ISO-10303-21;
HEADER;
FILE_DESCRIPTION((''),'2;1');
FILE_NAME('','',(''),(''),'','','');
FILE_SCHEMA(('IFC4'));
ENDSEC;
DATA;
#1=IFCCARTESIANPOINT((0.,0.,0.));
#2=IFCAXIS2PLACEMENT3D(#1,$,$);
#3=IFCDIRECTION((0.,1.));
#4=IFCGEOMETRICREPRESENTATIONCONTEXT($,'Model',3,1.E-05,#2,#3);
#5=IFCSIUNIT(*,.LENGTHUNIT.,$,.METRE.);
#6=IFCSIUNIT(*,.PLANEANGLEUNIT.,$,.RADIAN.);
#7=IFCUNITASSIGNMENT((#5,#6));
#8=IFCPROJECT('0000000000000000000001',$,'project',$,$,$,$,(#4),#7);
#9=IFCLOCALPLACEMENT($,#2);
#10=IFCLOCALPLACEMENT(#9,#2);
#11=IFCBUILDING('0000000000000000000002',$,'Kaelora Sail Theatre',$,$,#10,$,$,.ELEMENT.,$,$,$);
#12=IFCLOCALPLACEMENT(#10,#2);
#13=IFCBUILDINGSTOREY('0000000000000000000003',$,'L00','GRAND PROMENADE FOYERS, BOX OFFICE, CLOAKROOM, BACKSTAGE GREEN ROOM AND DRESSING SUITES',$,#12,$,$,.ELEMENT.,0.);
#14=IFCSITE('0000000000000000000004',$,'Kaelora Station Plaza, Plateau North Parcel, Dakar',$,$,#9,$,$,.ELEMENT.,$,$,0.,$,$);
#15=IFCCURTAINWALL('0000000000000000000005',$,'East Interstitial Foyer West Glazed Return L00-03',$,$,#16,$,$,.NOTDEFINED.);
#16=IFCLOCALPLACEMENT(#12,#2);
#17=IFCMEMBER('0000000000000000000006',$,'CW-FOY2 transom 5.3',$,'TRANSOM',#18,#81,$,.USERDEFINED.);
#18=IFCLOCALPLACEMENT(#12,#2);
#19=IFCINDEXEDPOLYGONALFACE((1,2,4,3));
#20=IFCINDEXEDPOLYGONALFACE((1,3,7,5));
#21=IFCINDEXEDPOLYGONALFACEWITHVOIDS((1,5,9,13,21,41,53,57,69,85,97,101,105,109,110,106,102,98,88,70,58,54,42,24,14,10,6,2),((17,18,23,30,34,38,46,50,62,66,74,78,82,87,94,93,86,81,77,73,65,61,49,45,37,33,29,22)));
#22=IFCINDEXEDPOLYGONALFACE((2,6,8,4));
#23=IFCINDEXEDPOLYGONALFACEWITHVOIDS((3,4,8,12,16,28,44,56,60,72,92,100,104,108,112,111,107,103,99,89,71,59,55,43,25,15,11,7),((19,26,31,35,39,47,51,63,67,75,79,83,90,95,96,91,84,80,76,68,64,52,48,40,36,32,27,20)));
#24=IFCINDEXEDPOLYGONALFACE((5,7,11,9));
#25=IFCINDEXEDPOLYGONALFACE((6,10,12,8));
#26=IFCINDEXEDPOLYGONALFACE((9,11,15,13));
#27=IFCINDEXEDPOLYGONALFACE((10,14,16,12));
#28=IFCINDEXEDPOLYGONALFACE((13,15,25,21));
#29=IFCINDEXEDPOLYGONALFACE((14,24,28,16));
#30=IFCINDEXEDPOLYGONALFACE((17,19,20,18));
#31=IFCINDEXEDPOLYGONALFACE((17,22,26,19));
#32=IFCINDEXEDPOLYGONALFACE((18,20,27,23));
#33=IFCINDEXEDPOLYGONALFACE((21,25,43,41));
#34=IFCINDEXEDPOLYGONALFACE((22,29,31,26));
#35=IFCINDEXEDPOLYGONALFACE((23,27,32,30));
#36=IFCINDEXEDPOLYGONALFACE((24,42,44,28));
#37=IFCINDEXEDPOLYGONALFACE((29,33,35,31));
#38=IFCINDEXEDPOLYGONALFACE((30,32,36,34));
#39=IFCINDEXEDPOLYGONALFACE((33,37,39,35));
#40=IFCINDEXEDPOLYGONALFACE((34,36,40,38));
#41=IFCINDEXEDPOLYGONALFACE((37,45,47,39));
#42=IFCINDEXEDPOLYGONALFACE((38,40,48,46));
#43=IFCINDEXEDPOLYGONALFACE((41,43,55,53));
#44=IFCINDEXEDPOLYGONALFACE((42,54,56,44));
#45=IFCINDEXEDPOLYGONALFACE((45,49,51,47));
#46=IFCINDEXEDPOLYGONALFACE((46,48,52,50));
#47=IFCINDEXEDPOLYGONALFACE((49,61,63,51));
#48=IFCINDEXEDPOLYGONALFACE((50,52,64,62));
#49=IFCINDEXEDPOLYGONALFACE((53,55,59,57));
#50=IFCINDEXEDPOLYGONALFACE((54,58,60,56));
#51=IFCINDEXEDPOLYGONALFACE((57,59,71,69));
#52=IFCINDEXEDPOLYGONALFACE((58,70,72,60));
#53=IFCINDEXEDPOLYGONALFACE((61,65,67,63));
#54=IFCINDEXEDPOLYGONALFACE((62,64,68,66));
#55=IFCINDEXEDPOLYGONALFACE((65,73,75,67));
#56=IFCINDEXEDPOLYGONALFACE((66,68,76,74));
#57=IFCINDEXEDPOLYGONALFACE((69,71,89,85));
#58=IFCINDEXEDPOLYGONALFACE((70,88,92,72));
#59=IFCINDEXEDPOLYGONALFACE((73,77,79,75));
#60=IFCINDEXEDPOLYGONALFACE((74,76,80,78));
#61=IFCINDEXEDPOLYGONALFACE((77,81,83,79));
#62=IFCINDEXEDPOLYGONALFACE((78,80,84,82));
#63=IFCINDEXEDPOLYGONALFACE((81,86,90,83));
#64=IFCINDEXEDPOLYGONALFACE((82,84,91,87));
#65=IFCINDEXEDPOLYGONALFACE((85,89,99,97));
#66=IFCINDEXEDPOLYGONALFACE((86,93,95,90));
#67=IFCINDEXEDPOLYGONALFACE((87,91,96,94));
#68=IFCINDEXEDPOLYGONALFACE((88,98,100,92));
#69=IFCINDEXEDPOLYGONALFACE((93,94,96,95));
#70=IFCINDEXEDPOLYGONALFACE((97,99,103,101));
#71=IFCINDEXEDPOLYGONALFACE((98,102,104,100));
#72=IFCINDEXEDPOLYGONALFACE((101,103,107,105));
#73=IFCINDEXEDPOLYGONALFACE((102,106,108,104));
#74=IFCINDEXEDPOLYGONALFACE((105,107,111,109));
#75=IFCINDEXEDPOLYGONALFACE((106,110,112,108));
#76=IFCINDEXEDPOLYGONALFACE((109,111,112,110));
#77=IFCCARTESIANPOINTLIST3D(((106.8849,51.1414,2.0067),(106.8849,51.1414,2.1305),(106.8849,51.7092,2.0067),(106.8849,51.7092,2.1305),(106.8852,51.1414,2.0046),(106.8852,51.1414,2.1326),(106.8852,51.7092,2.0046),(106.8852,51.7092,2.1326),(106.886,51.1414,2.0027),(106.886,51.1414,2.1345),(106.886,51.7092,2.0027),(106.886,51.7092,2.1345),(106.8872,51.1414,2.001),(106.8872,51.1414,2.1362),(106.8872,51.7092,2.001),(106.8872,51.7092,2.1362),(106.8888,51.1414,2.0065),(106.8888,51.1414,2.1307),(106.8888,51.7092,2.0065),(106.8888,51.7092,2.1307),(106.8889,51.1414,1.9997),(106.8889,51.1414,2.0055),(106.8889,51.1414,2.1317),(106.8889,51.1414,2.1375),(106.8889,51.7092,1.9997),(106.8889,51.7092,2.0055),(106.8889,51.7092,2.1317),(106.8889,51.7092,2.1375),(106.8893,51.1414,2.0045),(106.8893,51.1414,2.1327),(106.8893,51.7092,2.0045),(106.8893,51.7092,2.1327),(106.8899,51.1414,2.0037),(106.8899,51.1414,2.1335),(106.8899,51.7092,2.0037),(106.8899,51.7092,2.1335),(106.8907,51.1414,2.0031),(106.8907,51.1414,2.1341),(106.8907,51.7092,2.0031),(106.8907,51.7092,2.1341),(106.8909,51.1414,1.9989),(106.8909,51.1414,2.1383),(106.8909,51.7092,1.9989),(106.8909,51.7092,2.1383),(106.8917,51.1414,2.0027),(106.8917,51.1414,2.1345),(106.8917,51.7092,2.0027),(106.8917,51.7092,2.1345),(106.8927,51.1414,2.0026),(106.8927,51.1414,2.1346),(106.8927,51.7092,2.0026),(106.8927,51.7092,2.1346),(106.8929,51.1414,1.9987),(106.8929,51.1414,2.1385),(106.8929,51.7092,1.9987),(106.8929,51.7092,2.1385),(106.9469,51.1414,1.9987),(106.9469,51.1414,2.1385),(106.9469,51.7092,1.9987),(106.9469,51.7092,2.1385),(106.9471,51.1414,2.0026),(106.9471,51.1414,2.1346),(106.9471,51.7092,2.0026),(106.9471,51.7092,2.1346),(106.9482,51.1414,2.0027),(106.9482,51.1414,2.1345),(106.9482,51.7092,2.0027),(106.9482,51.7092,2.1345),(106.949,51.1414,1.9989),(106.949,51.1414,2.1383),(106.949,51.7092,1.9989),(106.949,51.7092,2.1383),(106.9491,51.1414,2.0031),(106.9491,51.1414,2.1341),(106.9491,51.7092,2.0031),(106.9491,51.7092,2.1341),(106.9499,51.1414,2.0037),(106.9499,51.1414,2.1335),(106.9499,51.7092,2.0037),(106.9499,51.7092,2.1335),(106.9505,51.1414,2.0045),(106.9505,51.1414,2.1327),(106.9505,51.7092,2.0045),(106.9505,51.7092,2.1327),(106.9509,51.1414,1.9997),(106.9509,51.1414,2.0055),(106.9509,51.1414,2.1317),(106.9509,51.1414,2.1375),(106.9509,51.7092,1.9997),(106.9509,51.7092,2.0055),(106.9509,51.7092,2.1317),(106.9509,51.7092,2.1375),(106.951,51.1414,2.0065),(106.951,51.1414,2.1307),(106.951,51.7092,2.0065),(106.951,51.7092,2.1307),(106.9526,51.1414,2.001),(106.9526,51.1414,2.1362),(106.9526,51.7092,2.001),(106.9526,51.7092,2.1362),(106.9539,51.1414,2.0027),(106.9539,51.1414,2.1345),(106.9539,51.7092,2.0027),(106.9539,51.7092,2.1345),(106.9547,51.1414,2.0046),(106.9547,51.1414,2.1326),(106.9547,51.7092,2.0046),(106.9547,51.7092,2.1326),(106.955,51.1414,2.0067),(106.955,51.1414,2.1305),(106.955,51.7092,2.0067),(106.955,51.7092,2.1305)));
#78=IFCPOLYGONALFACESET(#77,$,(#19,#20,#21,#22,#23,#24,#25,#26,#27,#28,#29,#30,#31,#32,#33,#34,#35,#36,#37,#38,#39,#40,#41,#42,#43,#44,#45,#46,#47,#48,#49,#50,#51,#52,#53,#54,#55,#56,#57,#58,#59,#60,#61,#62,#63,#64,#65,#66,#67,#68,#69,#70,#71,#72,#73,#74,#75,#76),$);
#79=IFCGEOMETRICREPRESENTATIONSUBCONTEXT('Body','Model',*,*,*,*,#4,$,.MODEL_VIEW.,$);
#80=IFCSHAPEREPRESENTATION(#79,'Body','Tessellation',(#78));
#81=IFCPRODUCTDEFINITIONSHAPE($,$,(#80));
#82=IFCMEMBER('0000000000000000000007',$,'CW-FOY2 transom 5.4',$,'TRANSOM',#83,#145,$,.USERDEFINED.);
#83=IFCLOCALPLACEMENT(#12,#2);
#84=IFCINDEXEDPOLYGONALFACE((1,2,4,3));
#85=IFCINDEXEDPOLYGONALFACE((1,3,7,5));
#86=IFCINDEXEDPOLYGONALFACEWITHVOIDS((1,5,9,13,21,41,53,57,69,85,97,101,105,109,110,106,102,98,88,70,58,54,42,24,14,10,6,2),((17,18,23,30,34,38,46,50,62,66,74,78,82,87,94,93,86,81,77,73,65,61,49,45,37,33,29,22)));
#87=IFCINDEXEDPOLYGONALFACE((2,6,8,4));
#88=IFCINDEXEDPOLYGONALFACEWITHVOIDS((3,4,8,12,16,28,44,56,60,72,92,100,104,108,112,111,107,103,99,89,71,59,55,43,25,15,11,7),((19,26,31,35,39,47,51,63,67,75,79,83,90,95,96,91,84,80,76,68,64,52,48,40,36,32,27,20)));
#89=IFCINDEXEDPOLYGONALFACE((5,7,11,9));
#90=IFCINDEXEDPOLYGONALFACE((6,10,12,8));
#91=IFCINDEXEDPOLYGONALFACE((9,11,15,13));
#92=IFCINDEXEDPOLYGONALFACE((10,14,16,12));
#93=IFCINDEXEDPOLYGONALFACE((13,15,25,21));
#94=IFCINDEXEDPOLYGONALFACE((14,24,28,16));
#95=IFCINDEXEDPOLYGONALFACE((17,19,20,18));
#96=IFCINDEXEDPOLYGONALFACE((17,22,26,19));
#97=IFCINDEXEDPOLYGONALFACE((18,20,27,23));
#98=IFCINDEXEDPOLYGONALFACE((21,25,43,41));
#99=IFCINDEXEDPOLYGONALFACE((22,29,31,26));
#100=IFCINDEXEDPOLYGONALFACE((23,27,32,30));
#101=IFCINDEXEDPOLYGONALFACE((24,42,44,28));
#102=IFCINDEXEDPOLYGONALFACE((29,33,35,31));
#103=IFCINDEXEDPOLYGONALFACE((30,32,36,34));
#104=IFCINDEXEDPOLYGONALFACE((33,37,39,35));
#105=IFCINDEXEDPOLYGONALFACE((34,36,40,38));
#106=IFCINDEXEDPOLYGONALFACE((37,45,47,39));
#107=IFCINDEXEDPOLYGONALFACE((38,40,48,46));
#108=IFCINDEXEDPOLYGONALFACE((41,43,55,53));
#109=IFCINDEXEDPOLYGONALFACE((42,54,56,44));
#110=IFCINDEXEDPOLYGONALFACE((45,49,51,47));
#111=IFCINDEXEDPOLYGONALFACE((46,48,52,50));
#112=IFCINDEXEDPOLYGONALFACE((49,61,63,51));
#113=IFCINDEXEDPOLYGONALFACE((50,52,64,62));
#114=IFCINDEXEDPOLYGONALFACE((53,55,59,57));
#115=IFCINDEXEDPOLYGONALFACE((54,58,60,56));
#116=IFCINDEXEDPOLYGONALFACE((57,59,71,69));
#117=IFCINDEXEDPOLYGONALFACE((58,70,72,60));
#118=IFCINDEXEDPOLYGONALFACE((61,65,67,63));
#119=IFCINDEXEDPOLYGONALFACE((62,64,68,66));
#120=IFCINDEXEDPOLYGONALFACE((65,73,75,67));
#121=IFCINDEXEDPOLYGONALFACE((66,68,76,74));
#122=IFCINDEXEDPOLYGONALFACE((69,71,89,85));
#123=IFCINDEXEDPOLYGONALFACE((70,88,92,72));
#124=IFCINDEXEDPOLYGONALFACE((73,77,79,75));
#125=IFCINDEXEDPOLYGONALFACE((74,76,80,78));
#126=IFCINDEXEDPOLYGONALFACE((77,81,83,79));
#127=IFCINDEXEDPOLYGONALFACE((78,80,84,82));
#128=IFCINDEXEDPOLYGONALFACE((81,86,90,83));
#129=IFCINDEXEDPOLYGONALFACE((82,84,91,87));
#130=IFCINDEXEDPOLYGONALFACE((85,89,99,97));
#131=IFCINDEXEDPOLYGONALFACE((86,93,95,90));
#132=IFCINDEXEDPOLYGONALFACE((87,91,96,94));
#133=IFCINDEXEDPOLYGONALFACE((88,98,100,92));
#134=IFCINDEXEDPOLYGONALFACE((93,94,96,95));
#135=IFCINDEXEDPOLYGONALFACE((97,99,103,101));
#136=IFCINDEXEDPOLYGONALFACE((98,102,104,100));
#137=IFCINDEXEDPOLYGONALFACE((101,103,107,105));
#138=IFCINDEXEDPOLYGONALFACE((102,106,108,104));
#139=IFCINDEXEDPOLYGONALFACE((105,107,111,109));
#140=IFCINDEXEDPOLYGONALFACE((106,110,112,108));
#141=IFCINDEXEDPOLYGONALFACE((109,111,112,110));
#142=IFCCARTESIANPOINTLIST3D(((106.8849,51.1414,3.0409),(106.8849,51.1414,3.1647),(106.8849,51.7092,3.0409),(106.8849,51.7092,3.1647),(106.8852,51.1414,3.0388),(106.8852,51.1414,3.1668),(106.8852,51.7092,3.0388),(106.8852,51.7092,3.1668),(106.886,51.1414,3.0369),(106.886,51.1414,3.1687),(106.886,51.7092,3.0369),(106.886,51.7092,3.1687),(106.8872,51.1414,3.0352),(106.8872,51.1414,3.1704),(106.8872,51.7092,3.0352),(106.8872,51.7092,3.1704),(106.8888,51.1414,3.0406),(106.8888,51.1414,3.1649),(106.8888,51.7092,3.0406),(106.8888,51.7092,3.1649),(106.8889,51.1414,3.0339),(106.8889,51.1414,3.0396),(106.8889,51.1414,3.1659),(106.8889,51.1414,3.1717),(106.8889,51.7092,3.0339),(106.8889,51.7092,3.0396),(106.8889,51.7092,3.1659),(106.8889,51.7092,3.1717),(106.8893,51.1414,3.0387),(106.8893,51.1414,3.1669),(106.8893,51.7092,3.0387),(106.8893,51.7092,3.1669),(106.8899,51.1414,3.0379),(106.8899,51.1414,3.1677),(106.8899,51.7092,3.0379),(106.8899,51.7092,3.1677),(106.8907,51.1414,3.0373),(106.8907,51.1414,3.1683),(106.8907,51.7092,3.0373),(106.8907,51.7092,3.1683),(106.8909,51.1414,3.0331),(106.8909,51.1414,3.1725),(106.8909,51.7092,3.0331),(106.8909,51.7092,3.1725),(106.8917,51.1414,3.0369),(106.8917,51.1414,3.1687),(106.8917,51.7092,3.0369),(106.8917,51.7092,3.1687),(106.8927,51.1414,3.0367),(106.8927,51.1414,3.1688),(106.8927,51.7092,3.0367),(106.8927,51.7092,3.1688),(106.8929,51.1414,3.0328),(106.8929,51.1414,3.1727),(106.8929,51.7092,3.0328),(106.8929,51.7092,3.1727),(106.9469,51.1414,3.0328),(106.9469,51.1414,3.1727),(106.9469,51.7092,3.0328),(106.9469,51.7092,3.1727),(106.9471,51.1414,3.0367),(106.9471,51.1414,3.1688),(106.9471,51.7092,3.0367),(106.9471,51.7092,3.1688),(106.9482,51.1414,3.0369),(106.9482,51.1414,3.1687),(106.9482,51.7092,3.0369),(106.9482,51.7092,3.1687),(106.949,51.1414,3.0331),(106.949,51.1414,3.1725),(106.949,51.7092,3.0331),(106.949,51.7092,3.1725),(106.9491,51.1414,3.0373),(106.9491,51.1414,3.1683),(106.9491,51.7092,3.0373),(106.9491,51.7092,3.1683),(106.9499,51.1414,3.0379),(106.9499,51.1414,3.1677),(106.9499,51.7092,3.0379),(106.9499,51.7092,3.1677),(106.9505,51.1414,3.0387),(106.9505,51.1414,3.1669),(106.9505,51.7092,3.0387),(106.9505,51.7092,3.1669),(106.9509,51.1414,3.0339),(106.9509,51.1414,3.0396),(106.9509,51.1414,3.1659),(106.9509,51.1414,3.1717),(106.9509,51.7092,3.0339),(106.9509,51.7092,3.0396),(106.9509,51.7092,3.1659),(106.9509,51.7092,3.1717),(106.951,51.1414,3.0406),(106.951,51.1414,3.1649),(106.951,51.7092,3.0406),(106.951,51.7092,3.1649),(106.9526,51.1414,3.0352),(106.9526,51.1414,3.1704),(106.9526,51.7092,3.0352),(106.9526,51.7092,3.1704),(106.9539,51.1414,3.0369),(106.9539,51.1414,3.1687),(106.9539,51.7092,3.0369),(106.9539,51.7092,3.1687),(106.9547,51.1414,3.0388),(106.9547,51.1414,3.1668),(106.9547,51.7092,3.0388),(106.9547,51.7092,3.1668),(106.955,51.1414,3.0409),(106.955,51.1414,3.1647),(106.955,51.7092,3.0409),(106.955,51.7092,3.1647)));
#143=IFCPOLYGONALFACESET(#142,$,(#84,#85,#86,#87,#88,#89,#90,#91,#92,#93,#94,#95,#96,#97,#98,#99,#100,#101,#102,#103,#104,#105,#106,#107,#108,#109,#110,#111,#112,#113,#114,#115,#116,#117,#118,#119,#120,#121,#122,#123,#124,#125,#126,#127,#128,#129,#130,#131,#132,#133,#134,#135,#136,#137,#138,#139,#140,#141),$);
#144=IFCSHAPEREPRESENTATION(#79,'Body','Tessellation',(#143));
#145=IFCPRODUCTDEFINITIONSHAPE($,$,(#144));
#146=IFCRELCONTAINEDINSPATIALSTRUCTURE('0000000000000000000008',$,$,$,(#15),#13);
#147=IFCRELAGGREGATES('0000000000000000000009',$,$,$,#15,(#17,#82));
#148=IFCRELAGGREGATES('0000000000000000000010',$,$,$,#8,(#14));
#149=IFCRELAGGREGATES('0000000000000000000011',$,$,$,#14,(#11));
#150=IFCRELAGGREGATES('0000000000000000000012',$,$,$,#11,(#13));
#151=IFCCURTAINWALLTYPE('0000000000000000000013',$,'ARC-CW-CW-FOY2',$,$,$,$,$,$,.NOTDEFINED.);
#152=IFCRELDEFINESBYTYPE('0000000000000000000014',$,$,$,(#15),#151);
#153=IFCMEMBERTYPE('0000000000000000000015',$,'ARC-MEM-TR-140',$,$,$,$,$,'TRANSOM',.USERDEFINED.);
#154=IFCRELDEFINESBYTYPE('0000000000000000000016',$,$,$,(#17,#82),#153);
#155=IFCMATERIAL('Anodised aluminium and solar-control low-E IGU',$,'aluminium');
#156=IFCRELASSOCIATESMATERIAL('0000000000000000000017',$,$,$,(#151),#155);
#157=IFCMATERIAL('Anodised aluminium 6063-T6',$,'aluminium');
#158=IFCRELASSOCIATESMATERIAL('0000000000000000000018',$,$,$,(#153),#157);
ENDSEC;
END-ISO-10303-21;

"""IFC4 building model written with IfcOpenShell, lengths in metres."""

from ifc_helpers import new_model, si_unit, direction, frame, origin, origin_2d, place, context, subcontext, project, spatial, hollow_rectangle, extrude, material, material_profile, profile_set, type_object, element, aggregate, save


model = new_model("IFC4")

# Units and contexts
model_context = context("Model", 3, precision=1e-05, world=origin(), true_north=direction((0.0, 1.0)))
body_context = subcontext(model_context, "Body", "Model", "MODEL_VIEW")
ifc_project = project(units=[si_unit("LENGTHUNIT", "METRE"), si_unit("PLANEANGLEUNIT", "RADIAN")], contexts=[model_context])

# Site, building, storey
site_placement = place(None, origin())
site = spatial("IfcSite", under=ifc_project, at=site_placement, Name="Kaelora Station Plaza, Plateau North Parcel, Dakar", CompositionType="ELEMENT", RefElevation=0.0)
building_placement = place(site_placement, origin())
building = spatial("IfcBuilding", under=site, at=building_placement, Name="Kaelora Sail Theatre", CompositionType="ELEMENT")
storey_placement = place(building_placement, origin())
storey = spatial("IfcBuildingStorey", under=building, at=storey_placement, Name="L00", Description="GRAND PROMENADE FOYERS, BOX OFFICE, CLOAKROOM, BACKSTAGE GREEN ROOM AND DRESSING SUITES", CompositionType="ELEMENT", Elevation=0.0)

# Curtain wall, members
ifc_material_1 = material(Name="Anodised aluminium and solar-control low-E IGU", Category="aluminium")
curtain_wall_type = type_object("IfcCurtainWallType", Name="ARC-CW-CW-FOY2", PredefinedType="NOTDEFINED", material=ifc_material_1)
curtain_wall_1_placement = place(storey_placement, origin())
curtain_wall_1 = element("IfcCurtainWall", 1, at=curtain_wall_1_placement, inside=storey, type_object=curtain_wall_type, Name="East Interstitial Foyer West Glazed Return L00-03", PredefinedType="NOTDEFINED")
ifc_material_2 = material(Name="Anodised aluminium 6063-T6", Category="aluminium")
ifc_material_profile = material_profile(ifc_material_2, hollow_rectangle(XDim=0.0701, YDim=0.1399, WallThickness=0.0039, InnerFilletRadius=0.0039, OuterFilletRadius=0.0081, at=origin_2d()), Name="ALU-TRAN 70x140x4")
ifc_profile_set = profile_set([ifc_material_profile], Name="Anodised aluminium 6063-T6")
member_type = type_object("IfcMemberType", Name="ARC-MEM-TR-140", ElementType="TRANSOM", PredefinedType="USERDEFINED", material=ifc_profile_set)
member_1_placement = place(storey_placement, frame((106.9199, 51.1414, 2.0686), z_axis=(0.0, 1.0, 0.0), x_axis=(-1.0, 0.0, 0.0)))
member_1 = element("IfcMember", 2, at=member_1_placement, type_object=member_type, Name="CW-FOY2 transom 5.3", ObjectType="TRANSOM", PredefinedType="USERDEFINED", context=body_context, shape_type="SweptSolid", body=[
    extrude(hollow_rectangle(XDim=0.0701, YDim=0.1399, WallThickness=0.0039, InnerFilletRadius=0.0039, OuterFilletRadius=0.0081, at=origin_2d()), origin(), (0.0, 0.0, 1.0), 0.5679),
])
member_2_placement = place(storey_placement, frame((106.9199, 51.1414, 3.1028), z_axis=(0.0, 1.0, 0.0), x_axis=(-1.0, 0.0, 0.0)))
member_2 = element("IfcMember", 3, at=member_2_placement, type_object=member_type, Name="CW-FOY2 transom 5.4", ObjectType="TRANSOM", PredefinedType="USERDEFINED", context=body_context, shape_type="SweptSolid", body=[
    extrude(hollow_rectangle(XDim=0.0701, YDim=0.1399, WallThickness=0.0039, InnerFilletRadius=0.0039, OuterFilletRadius=0.0081, at=origin_2d()), origin(), (0.0, 0.0, 1.0), 0.5679),
])

aggregate(curtain_wall_1, [member_1, member_2])

save(model, "model.ifc")
